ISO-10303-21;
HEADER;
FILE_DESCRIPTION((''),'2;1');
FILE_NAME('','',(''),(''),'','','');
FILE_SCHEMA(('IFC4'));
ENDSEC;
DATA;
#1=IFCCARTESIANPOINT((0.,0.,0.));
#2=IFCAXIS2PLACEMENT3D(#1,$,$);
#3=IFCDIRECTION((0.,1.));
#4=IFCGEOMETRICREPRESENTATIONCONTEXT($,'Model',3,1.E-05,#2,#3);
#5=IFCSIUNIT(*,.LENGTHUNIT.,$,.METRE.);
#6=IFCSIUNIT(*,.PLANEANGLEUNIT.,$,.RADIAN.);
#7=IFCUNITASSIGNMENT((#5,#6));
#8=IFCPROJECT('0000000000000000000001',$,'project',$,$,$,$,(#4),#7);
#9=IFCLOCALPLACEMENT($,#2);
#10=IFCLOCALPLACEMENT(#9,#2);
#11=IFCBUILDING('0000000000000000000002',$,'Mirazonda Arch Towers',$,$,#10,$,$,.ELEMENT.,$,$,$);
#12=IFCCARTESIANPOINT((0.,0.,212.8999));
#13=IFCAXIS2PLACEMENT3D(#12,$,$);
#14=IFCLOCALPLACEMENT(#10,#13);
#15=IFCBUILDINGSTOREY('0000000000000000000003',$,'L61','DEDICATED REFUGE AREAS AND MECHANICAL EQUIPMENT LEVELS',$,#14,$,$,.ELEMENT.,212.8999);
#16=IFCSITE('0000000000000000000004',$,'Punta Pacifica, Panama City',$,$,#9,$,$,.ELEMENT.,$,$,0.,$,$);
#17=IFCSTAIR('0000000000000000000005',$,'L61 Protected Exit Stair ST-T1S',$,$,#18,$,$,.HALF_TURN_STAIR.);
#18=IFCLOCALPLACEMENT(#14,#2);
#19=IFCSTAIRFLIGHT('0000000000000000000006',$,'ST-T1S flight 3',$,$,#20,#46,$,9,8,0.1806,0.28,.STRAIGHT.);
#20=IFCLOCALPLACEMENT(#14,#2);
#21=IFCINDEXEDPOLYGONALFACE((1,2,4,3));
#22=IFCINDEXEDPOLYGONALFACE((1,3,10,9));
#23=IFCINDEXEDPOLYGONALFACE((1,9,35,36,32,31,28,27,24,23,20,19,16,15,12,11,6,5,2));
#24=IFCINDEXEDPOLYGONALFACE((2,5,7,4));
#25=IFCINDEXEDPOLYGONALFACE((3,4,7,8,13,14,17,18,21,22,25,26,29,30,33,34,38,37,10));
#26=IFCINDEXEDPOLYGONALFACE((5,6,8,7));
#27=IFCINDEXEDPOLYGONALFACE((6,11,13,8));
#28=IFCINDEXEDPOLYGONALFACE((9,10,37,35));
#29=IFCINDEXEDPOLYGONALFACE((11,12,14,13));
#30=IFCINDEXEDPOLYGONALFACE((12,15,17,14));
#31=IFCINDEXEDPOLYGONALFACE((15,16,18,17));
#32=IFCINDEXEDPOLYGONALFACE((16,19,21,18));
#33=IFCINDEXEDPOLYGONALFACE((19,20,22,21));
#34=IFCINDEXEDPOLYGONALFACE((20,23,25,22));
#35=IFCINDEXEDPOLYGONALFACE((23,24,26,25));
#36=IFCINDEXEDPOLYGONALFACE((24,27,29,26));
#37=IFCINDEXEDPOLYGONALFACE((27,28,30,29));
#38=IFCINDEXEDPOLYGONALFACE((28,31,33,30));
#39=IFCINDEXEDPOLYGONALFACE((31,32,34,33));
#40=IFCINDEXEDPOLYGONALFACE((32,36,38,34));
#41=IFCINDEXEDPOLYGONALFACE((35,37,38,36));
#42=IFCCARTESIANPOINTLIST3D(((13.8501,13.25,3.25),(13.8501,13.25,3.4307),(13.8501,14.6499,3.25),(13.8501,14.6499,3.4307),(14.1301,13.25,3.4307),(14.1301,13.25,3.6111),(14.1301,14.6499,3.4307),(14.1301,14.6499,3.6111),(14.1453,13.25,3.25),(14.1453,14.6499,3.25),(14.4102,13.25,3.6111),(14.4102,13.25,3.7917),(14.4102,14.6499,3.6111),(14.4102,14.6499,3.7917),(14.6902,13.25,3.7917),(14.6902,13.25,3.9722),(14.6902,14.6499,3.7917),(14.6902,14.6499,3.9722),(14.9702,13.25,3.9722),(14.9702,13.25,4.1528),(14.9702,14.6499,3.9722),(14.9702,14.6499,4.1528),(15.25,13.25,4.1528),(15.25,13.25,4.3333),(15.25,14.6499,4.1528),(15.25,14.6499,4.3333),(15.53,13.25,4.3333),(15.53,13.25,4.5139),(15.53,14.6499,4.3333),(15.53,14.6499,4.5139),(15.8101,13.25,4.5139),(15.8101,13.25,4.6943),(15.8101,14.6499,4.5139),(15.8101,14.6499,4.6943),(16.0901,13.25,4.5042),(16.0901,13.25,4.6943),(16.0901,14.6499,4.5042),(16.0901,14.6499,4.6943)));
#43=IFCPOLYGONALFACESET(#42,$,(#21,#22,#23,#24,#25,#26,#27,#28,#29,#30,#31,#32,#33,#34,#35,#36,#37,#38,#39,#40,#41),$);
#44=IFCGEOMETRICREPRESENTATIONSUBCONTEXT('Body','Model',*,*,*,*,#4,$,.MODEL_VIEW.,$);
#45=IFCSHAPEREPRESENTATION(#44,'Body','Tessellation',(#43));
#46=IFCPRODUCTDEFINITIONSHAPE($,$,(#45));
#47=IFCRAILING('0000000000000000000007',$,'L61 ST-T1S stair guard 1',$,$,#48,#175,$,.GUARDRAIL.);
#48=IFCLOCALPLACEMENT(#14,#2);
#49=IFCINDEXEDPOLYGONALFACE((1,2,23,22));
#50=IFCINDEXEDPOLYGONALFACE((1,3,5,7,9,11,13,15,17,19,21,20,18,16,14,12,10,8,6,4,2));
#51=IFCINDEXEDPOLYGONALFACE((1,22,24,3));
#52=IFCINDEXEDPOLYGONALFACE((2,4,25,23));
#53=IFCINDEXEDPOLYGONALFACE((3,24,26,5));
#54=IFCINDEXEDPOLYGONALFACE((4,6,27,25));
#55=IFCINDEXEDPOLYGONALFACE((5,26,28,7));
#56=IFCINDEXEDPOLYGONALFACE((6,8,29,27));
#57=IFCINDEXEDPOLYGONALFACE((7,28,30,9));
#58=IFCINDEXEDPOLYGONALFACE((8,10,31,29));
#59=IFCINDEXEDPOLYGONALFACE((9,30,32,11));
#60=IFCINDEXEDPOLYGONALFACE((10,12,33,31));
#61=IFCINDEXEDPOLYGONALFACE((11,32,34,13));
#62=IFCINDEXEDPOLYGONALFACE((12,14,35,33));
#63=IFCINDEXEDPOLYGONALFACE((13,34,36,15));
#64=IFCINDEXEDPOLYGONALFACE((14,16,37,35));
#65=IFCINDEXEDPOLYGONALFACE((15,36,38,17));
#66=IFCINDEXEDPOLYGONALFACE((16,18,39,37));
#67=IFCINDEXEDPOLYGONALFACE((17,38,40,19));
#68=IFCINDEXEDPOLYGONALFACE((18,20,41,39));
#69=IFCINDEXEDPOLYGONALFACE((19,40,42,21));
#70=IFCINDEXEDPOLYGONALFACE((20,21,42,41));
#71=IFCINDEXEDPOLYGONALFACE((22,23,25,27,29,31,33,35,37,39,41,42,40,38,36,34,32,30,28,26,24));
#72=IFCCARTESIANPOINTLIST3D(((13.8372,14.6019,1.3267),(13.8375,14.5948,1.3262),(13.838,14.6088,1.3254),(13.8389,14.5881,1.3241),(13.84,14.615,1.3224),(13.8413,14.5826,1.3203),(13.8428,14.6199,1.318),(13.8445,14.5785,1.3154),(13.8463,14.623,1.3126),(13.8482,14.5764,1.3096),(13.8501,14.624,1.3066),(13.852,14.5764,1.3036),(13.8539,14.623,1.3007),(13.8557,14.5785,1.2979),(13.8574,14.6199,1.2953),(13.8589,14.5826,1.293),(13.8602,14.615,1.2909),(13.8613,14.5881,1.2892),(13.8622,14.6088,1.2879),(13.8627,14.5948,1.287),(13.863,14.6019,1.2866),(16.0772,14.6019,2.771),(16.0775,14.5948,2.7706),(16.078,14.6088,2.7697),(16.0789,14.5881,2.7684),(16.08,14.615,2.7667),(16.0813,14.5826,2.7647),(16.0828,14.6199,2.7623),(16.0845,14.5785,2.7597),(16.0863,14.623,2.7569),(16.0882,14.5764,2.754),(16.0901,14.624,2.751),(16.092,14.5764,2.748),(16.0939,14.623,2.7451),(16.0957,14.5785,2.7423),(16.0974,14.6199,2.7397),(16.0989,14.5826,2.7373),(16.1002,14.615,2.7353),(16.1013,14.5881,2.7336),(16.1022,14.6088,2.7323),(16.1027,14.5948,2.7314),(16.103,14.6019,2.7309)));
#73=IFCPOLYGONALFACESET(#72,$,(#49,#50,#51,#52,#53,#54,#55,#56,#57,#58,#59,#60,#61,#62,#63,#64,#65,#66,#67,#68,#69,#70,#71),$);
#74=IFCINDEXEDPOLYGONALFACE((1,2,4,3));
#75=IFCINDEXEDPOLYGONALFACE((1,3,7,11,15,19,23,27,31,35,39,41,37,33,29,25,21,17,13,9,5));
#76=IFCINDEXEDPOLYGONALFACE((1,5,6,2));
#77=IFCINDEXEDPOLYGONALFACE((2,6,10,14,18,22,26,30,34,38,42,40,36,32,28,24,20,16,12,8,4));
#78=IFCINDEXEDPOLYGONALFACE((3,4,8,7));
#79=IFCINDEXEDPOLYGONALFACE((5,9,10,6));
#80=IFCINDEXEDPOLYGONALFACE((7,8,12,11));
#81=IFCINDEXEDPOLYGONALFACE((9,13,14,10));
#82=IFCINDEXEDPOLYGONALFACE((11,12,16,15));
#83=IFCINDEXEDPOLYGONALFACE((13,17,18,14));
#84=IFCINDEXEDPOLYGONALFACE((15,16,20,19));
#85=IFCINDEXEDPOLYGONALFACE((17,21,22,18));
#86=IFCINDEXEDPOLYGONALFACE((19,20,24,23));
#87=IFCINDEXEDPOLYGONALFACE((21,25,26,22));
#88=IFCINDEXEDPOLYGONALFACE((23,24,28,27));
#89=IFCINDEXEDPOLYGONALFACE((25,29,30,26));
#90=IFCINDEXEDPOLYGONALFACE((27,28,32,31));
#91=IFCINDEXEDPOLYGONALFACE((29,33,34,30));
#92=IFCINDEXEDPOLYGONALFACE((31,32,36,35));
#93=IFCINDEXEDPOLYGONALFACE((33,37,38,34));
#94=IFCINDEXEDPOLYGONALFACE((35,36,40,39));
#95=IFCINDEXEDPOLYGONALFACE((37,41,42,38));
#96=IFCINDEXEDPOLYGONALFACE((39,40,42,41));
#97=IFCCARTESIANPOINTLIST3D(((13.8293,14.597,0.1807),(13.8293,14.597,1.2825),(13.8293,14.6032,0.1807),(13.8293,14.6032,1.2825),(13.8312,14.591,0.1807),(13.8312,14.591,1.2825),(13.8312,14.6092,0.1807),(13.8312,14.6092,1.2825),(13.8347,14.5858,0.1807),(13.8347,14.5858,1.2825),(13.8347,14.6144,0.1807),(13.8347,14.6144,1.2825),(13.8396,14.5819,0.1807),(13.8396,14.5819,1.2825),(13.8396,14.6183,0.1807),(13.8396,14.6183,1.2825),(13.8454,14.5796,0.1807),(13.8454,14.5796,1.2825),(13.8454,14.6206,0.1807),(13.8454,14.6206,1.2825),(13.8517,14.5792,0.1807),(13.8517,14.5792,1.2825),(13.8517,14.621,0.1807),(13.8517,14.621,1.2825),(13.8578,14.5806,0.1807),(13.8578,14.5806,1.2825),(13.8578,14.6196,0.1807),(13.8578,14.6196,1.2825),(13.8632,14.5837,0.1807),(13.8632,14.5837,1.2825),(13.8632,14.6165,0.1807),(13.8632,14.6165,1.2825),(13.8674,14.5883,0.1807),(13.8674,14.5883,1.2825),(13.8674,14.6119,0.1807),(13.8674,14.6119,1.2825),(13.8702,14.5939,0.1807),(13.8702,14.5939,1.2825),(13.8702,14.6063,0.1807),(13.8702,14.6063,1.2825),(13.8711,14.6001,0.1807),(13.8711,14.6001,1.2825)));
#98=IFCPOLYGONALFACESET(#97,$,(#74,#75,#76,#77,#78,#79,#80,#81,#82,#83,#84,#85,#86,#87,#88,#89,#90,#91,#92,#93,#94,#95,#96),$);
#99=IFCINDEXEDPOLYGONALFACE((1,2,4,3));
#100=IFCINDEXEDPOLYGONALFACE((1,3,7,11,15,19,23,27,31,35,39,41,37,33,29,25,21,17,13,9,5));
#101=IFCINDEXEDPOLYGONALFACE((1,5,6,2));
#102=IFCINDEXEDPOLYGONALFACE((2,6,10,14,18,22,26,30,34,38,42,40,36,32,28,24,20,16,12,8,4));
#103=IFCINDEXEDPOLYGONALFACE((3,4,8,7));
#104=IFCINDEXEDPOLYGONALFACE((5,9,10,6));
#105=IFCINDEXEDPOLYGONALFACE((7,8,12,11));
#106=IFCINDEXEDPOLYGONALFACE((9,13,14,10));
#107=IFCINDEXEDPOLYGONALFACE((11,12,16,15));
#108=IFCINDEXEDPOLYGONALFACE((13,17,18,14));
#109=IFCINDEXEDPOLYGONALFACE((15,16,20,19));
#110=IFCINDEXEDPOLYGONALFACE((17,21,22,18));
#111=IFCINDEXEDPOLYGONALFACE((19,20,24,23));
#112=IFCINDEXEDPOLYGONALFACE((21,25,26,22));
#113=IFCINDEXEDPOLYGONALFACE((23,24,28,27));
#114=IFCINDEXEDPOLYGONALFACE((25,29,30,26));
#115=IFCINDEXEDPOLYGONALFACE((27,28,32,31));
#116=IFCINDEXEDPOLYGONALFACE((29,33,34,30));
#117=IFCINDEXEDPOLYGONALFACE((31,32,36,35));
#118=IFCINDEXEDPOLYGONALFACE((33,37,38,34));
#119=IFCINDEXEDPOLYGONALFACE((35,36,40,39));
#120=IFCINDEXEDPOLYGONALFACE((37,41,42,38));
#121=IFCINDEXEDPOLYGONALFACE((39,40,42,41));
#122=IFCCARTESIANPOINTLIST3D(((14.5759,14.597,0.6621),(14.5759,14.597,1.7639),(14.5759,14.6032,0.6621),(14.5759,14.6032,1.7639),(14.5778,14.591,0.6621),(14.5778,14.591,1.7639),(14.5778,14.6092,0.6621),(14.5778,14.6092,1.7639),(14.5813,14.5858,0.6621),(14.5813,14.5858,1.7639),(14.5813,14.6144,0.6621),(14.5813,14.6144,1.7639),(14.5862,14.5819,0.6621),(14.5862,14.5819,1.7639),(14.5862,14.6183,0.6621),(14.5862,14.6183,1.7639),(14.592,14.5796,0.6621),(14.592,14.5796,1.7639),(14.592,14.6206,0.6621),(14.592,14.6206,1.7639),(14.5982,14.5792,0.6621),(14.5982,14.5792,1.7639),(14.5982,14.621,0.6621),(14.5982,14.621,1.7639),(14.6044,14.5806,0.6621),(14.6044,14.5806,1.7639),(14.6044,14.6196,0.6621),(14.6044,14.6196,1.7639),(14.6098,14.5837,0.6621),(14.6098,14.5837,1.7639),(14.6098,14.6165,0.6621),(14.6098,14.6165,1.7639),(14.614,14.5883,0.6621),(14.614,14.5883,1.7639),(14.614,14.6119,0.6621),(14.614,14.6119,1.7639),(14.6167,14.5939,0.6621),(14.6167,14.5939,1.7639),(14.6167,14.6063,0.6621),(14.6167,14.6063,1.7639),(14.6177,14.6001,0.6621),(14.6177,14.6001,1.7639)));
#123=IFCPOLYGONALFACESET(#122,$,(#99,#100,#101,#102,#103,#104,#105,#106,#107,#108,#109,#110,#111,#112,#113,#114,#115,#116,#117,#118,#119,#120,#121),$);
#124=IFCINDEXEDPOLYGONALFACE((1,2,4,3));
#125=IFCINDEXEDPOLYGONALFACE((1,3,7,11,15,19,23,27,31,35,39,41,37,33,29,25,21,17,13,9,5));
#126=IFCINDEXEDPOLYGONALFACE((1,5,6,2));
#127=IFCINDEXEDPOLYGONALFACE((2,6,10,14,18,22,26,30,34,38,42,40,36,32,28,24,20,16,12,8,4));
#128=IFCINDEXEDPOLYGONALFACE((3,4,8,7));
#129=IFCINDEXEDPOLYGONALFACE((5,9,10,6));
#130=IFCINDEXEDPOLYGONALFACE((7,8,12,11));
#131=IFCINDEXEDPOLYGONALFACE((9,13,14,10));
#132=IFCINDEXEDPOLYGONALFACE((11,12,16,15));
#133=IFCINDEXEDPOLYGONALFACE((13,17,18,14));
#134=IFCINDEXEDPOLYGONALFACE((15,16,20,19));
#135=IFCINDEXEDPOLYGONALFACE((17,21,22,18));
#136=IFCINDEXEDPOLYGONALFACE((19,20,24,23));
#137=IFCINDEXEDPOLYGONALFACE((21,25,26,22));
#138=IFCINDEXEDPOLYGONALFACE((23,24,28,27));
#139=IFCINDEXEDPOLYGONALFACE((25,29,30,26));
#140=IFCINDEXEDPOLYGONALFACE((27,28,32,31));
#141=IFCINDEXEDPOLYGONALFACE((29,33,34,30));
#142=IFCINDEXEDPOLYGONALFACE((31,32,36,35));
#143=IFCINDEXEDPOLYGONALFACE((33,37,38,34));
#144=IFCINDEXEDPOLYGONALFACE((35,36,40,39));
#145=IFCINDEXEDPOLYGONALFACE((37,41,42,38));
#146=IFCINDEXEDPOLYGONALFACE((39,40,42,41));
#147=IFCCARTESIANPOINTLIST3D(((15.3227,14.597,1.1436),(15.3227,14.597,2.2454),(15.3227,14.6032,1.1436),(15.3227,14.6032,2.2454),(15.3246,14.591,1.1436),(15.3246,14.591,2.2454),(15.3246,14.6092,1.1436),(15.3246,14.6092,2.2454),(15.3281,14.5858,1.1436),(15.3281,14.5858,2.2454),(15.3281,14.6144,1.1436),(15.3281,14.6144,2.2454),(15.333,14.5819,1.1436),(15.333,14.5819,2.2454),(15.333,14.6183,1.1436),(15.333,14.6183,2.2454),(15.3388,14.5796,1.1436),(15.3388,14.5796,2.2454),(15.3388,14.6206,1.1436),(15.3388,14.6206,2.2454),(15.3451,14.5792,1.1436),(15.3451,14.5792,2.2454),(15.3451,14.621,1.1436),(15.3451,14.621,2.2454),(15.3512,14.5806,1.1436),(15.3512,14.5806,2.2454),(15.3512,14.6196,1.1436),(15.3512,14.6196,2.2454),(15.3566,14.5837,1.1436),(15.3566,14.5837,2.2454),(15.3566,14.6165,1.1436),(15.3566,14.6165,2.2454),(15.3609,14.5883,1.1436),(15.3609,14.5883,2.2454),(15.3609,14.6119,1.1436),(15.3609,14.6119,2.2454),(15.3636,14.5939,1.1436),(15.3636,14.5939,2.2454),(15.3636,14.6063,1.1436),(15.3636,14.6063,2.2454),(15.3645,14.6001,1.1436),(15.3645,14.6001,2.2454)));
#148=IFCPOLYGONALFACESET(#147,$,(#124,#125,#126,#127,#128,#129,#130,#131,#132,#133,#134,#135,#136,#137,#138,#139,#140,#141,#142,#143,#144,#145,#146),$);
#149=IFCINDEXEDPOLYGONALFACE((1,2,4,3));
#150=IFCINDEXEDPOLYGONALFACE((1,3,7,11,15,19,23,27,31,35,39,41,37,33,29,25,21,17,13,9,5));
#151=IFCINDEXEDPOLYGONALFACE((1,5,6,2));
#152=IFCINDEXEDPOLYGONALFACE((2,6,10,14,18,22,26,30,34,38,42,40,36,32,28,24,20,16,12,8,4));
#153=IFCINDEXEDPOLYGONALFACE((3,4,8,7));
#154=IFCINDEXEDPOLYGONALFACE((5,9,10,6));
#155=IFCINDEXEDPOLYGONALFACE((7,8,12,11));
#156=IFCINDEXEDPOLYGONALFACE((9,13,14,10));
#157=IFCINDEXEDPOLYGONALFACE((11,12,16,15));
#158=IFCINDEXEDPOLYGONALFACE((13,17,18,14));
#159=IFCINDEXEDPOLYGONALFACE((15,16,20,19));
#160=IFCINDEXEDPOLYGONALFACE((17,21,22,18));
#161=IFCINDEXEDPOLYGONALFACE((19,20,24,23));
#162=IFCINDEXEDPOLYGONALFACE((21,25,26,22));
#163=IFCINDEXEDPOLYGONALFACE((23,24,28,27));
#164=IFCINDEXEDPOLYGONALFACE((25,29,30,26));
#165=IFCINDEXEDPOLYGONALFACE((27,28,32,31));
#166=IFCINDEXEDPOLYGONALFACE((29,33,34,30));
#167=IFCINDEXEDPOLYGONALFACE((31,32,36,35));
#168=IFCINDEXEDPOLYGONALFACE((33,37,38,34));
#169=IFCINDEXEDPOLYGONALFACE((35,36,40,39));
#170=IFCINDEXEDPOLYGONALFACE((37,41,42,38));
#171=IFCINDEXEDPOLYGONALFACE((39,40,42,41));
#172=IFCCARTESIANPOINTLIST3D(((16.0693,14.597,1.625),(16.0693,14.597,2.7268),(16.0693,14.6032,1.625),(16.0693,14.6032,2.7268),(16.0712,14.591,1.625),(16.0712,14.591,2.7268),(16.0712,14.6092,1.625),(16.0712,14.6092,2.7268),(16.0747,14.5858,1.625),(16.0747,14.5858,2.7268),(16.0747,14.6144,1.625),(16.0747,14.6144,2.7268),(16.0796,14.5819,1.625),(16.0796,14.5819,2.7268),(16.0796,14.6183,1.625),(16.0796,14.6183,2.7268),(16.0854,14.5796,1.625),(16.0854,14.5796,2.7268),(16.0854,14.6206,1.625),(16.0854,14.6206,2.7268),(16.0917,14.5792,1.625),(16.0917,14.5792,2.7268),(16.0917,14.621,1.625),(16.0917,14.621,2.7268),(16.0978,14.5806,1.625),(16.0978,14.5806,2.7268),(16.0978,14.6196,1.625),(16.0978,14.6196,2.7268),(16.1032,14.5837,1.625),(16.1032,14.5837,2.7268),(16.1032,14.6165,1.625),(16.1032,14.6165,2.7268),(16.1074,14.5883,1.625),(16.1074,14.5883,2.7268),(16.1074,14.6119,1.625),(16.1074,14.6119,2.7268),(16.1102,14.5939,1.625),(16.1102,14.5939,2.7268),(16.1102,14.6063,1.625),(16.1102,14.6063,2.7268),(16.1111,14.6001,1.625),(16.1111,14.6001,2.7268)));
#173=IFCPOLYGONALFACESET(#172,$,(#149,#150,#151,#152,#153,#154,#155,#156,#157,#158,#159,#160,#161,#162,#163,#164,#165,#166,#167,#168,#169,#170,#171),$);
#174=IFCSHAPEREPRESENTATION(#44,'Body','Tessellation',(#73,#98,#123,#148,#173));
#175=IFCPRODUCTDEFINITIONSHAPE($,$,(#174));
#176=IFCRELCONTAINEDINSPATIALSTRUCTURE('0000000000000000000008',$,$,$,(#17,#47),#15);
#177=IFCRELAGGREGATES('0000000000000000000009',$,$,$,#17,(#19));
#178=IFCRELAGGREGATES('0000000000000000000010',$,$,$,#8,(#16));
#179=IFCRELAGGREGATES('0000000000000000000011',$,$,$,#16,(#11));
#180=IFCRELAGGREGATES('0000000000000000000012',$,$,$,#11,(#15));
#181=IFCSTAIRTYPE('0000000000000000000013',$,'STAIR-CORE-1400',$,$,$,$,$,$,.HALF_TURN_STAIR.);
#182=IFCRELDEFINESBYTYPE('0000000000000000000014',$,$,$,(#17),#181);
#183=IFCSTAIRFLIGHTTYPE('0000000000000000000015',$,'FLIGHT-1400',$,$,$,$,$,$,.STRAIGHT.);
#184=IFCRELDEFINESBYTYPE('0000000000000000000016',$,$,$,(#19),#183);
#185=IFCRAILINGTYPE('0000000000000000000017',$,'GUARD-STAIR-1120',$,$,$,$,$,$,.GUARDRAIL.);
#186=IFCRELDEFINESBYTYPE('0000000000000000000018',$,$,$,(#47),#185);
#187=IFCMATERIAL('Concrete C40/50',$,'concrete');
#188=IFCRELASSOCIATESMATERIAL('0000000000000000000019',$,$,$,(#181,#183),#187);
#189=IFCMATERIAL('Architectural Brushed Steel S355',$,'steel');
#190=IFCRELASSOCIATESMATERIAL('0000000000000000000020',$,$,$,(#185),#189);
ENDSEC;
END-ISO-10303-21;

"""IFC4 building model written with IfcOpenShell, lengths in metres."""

from ifc_helpers import new_model, si_unit, direction, frame, origin, origin_2d, place, context, subcontext, project, spatial, polyline, circle, outline, extrude, material, type_object, element, aggregate, save


model = new_model("IFC4")

# Units and contexts
model_context = context("Model", 3, precision=1e-05, world=origin(), true_north=direction((0.0, 1.0)))
body_context = subcontext(model_context, "Body", "Model", "MODEL_VIEW")
ifc_project = project(units=[si_unit("LENGTHUNIT", "METRE"), si_unit("PLANEANGLEUNIT", "RADIAN")], contexts=[model_context])

# Site, building, storey
site_placement = place(None, origin())
site = spatial("IfcSite", under=ifc_project, at=site_placement, Name="Punta Pacifica, Panama City", CompositionType="ELEMENT", RefElevation=0.0)
building_placement = place(site_placement, origin())
building = spatial("IfcBuilding", under=site, at=building_placement, Name="Mirazonda Arch Towers", CompositionType="ELEMENT")
storey_placement = place(building_placement, frame((0.0, 0.0, 212.8999)))
storey = spatial("IfcBuildingStorey", under=building, at=storey_placement, Name="L61", Description="DEDICATED REFUGE AREAS AND MECHANICAL EQUIPMENT LEVELS", CompositionType="ELEMENT", Elevation=212.8999)

# Shared definitions
ifc_material_1 = material(Name="Architectural Brushed Steel S355", Category="steel")

# Stair, stair flight
ifc_material_2 = material(Name="Concrete C40/50", Category="concrete")
stair_type = type_object("IfcStairType", Name="STAIR-CORE-1400", PredefinedType="HALF_TURN_STAIR", material=ifc_material_2)
stair_placement = place(storey_placement, origin())
stair = element("IfcStair", 1, at=stair_placement, inside=storey, type_object=stair_type, Name="L61 Protected Exit Stair ST-T1S", PredefinedType="HALF_TURN_STAIR")
stair_flight_type = type_object("IfcStairFlightType", Name="FLIGHT-1400", PredefinedType="STRAIGHT", material=ifc_material_2)
stair_flight_1_placement = place(storey_placement, frame((13.8501, 13.95, 3.25), z_axis=(0.0, 0.0, 1.0), x_axis=(1.0, 0.0, 0.0)))
stair_flight_1 = element("IfcStairFlight", 2, at=stair_flight_1_placement, type_object=stair_flight_type, Name="ST-T1S flight 3", NumberOfRisers=9, NumberOfTreads=8, PredefinedType="STRAIGHT", RiserHeight=0.1806, TreadLength=0.28, context=body_context, shape_type="SweptSolid", body=[
    extrude(outline(polyline([(0.0, 0.0), (0.0, 0.1807), (0.28, 0.1807), (0.28, 0.3611), (0.5601, 0.3611), (0.5601, 0.5417), (0.8401, 0.5417), (0.8401, 0.7222), (1.1201, 0.7222), (1.1201, 0.9028), (1.3999, 0.9028), (1.3999, 1.0833), (1.6799, 1.0833), (1.6799, 1.2639), (1.96, 1.2639), (1.96, 1.4443), (2.24, 1.4443), (2.24, 1.625), (2.24, 1.2542), (0.2952, 0.0), (0.0, 0.0)])), frame((0.0, 0.7, 0.0), z_axis=(0.0, -1.0, 0.0), x_axis=(1.0, 0.0, 0.0)), (0.0, 0.0, 1.0), 1.3999),
])
aggregate(stair, [stair_flight_1])

# Railing
railing_type_1 = type_object("IfcRailingType", Name="GUARD-STAIR-1120", PredefinedType="GUARDRAIL", material=ifc_material_1)
railing_1_placement = place(storey_placement, frame((13.8501, 14.6001, 0.1807)))
element("IfcRailing", 3, at=railing_1_placement, inside=storey, type_object=railing_type_1, Name="L61 ST-T1S stair guard 1", PredefinedType="GUARDRAIL", context=body_context, shape_type="SweptSolid", body=[
    extrude(circle(Radius=0.0239, at=origin_2d()), frame((0.0, 0.0, 1.126), z_axis=(0.840437, 0.0, 0.54191), x_axis=(0.0, 1.0, 0.0)), (0.0, 0.0, 1.0), 2.6653),
    extrude(circle(Radius=0.021, at=origin_2d()), origin(), (0.0, 0.0, 1.0), 1.1018),
    extrude(circle(Radius=0.021, at=origin_2d()), frame((0.7466, 0.0, 0.4814)), (0.0, 0.0, 1.0), 1.1018),
    extrude(circle(Radius=0.021, at=origin_2d()), frame((1.4934, 0.0, 0.9629)), (0.0, 0.0, 1.0), 1.1018),
    extrude(circle(Radius=0.021, at=origin_2d()), frame((2.24, 0.0, 1.4443)), (0.0, 0.0, 1.0), 1.1018),
])

save(model, "model.ifc")
